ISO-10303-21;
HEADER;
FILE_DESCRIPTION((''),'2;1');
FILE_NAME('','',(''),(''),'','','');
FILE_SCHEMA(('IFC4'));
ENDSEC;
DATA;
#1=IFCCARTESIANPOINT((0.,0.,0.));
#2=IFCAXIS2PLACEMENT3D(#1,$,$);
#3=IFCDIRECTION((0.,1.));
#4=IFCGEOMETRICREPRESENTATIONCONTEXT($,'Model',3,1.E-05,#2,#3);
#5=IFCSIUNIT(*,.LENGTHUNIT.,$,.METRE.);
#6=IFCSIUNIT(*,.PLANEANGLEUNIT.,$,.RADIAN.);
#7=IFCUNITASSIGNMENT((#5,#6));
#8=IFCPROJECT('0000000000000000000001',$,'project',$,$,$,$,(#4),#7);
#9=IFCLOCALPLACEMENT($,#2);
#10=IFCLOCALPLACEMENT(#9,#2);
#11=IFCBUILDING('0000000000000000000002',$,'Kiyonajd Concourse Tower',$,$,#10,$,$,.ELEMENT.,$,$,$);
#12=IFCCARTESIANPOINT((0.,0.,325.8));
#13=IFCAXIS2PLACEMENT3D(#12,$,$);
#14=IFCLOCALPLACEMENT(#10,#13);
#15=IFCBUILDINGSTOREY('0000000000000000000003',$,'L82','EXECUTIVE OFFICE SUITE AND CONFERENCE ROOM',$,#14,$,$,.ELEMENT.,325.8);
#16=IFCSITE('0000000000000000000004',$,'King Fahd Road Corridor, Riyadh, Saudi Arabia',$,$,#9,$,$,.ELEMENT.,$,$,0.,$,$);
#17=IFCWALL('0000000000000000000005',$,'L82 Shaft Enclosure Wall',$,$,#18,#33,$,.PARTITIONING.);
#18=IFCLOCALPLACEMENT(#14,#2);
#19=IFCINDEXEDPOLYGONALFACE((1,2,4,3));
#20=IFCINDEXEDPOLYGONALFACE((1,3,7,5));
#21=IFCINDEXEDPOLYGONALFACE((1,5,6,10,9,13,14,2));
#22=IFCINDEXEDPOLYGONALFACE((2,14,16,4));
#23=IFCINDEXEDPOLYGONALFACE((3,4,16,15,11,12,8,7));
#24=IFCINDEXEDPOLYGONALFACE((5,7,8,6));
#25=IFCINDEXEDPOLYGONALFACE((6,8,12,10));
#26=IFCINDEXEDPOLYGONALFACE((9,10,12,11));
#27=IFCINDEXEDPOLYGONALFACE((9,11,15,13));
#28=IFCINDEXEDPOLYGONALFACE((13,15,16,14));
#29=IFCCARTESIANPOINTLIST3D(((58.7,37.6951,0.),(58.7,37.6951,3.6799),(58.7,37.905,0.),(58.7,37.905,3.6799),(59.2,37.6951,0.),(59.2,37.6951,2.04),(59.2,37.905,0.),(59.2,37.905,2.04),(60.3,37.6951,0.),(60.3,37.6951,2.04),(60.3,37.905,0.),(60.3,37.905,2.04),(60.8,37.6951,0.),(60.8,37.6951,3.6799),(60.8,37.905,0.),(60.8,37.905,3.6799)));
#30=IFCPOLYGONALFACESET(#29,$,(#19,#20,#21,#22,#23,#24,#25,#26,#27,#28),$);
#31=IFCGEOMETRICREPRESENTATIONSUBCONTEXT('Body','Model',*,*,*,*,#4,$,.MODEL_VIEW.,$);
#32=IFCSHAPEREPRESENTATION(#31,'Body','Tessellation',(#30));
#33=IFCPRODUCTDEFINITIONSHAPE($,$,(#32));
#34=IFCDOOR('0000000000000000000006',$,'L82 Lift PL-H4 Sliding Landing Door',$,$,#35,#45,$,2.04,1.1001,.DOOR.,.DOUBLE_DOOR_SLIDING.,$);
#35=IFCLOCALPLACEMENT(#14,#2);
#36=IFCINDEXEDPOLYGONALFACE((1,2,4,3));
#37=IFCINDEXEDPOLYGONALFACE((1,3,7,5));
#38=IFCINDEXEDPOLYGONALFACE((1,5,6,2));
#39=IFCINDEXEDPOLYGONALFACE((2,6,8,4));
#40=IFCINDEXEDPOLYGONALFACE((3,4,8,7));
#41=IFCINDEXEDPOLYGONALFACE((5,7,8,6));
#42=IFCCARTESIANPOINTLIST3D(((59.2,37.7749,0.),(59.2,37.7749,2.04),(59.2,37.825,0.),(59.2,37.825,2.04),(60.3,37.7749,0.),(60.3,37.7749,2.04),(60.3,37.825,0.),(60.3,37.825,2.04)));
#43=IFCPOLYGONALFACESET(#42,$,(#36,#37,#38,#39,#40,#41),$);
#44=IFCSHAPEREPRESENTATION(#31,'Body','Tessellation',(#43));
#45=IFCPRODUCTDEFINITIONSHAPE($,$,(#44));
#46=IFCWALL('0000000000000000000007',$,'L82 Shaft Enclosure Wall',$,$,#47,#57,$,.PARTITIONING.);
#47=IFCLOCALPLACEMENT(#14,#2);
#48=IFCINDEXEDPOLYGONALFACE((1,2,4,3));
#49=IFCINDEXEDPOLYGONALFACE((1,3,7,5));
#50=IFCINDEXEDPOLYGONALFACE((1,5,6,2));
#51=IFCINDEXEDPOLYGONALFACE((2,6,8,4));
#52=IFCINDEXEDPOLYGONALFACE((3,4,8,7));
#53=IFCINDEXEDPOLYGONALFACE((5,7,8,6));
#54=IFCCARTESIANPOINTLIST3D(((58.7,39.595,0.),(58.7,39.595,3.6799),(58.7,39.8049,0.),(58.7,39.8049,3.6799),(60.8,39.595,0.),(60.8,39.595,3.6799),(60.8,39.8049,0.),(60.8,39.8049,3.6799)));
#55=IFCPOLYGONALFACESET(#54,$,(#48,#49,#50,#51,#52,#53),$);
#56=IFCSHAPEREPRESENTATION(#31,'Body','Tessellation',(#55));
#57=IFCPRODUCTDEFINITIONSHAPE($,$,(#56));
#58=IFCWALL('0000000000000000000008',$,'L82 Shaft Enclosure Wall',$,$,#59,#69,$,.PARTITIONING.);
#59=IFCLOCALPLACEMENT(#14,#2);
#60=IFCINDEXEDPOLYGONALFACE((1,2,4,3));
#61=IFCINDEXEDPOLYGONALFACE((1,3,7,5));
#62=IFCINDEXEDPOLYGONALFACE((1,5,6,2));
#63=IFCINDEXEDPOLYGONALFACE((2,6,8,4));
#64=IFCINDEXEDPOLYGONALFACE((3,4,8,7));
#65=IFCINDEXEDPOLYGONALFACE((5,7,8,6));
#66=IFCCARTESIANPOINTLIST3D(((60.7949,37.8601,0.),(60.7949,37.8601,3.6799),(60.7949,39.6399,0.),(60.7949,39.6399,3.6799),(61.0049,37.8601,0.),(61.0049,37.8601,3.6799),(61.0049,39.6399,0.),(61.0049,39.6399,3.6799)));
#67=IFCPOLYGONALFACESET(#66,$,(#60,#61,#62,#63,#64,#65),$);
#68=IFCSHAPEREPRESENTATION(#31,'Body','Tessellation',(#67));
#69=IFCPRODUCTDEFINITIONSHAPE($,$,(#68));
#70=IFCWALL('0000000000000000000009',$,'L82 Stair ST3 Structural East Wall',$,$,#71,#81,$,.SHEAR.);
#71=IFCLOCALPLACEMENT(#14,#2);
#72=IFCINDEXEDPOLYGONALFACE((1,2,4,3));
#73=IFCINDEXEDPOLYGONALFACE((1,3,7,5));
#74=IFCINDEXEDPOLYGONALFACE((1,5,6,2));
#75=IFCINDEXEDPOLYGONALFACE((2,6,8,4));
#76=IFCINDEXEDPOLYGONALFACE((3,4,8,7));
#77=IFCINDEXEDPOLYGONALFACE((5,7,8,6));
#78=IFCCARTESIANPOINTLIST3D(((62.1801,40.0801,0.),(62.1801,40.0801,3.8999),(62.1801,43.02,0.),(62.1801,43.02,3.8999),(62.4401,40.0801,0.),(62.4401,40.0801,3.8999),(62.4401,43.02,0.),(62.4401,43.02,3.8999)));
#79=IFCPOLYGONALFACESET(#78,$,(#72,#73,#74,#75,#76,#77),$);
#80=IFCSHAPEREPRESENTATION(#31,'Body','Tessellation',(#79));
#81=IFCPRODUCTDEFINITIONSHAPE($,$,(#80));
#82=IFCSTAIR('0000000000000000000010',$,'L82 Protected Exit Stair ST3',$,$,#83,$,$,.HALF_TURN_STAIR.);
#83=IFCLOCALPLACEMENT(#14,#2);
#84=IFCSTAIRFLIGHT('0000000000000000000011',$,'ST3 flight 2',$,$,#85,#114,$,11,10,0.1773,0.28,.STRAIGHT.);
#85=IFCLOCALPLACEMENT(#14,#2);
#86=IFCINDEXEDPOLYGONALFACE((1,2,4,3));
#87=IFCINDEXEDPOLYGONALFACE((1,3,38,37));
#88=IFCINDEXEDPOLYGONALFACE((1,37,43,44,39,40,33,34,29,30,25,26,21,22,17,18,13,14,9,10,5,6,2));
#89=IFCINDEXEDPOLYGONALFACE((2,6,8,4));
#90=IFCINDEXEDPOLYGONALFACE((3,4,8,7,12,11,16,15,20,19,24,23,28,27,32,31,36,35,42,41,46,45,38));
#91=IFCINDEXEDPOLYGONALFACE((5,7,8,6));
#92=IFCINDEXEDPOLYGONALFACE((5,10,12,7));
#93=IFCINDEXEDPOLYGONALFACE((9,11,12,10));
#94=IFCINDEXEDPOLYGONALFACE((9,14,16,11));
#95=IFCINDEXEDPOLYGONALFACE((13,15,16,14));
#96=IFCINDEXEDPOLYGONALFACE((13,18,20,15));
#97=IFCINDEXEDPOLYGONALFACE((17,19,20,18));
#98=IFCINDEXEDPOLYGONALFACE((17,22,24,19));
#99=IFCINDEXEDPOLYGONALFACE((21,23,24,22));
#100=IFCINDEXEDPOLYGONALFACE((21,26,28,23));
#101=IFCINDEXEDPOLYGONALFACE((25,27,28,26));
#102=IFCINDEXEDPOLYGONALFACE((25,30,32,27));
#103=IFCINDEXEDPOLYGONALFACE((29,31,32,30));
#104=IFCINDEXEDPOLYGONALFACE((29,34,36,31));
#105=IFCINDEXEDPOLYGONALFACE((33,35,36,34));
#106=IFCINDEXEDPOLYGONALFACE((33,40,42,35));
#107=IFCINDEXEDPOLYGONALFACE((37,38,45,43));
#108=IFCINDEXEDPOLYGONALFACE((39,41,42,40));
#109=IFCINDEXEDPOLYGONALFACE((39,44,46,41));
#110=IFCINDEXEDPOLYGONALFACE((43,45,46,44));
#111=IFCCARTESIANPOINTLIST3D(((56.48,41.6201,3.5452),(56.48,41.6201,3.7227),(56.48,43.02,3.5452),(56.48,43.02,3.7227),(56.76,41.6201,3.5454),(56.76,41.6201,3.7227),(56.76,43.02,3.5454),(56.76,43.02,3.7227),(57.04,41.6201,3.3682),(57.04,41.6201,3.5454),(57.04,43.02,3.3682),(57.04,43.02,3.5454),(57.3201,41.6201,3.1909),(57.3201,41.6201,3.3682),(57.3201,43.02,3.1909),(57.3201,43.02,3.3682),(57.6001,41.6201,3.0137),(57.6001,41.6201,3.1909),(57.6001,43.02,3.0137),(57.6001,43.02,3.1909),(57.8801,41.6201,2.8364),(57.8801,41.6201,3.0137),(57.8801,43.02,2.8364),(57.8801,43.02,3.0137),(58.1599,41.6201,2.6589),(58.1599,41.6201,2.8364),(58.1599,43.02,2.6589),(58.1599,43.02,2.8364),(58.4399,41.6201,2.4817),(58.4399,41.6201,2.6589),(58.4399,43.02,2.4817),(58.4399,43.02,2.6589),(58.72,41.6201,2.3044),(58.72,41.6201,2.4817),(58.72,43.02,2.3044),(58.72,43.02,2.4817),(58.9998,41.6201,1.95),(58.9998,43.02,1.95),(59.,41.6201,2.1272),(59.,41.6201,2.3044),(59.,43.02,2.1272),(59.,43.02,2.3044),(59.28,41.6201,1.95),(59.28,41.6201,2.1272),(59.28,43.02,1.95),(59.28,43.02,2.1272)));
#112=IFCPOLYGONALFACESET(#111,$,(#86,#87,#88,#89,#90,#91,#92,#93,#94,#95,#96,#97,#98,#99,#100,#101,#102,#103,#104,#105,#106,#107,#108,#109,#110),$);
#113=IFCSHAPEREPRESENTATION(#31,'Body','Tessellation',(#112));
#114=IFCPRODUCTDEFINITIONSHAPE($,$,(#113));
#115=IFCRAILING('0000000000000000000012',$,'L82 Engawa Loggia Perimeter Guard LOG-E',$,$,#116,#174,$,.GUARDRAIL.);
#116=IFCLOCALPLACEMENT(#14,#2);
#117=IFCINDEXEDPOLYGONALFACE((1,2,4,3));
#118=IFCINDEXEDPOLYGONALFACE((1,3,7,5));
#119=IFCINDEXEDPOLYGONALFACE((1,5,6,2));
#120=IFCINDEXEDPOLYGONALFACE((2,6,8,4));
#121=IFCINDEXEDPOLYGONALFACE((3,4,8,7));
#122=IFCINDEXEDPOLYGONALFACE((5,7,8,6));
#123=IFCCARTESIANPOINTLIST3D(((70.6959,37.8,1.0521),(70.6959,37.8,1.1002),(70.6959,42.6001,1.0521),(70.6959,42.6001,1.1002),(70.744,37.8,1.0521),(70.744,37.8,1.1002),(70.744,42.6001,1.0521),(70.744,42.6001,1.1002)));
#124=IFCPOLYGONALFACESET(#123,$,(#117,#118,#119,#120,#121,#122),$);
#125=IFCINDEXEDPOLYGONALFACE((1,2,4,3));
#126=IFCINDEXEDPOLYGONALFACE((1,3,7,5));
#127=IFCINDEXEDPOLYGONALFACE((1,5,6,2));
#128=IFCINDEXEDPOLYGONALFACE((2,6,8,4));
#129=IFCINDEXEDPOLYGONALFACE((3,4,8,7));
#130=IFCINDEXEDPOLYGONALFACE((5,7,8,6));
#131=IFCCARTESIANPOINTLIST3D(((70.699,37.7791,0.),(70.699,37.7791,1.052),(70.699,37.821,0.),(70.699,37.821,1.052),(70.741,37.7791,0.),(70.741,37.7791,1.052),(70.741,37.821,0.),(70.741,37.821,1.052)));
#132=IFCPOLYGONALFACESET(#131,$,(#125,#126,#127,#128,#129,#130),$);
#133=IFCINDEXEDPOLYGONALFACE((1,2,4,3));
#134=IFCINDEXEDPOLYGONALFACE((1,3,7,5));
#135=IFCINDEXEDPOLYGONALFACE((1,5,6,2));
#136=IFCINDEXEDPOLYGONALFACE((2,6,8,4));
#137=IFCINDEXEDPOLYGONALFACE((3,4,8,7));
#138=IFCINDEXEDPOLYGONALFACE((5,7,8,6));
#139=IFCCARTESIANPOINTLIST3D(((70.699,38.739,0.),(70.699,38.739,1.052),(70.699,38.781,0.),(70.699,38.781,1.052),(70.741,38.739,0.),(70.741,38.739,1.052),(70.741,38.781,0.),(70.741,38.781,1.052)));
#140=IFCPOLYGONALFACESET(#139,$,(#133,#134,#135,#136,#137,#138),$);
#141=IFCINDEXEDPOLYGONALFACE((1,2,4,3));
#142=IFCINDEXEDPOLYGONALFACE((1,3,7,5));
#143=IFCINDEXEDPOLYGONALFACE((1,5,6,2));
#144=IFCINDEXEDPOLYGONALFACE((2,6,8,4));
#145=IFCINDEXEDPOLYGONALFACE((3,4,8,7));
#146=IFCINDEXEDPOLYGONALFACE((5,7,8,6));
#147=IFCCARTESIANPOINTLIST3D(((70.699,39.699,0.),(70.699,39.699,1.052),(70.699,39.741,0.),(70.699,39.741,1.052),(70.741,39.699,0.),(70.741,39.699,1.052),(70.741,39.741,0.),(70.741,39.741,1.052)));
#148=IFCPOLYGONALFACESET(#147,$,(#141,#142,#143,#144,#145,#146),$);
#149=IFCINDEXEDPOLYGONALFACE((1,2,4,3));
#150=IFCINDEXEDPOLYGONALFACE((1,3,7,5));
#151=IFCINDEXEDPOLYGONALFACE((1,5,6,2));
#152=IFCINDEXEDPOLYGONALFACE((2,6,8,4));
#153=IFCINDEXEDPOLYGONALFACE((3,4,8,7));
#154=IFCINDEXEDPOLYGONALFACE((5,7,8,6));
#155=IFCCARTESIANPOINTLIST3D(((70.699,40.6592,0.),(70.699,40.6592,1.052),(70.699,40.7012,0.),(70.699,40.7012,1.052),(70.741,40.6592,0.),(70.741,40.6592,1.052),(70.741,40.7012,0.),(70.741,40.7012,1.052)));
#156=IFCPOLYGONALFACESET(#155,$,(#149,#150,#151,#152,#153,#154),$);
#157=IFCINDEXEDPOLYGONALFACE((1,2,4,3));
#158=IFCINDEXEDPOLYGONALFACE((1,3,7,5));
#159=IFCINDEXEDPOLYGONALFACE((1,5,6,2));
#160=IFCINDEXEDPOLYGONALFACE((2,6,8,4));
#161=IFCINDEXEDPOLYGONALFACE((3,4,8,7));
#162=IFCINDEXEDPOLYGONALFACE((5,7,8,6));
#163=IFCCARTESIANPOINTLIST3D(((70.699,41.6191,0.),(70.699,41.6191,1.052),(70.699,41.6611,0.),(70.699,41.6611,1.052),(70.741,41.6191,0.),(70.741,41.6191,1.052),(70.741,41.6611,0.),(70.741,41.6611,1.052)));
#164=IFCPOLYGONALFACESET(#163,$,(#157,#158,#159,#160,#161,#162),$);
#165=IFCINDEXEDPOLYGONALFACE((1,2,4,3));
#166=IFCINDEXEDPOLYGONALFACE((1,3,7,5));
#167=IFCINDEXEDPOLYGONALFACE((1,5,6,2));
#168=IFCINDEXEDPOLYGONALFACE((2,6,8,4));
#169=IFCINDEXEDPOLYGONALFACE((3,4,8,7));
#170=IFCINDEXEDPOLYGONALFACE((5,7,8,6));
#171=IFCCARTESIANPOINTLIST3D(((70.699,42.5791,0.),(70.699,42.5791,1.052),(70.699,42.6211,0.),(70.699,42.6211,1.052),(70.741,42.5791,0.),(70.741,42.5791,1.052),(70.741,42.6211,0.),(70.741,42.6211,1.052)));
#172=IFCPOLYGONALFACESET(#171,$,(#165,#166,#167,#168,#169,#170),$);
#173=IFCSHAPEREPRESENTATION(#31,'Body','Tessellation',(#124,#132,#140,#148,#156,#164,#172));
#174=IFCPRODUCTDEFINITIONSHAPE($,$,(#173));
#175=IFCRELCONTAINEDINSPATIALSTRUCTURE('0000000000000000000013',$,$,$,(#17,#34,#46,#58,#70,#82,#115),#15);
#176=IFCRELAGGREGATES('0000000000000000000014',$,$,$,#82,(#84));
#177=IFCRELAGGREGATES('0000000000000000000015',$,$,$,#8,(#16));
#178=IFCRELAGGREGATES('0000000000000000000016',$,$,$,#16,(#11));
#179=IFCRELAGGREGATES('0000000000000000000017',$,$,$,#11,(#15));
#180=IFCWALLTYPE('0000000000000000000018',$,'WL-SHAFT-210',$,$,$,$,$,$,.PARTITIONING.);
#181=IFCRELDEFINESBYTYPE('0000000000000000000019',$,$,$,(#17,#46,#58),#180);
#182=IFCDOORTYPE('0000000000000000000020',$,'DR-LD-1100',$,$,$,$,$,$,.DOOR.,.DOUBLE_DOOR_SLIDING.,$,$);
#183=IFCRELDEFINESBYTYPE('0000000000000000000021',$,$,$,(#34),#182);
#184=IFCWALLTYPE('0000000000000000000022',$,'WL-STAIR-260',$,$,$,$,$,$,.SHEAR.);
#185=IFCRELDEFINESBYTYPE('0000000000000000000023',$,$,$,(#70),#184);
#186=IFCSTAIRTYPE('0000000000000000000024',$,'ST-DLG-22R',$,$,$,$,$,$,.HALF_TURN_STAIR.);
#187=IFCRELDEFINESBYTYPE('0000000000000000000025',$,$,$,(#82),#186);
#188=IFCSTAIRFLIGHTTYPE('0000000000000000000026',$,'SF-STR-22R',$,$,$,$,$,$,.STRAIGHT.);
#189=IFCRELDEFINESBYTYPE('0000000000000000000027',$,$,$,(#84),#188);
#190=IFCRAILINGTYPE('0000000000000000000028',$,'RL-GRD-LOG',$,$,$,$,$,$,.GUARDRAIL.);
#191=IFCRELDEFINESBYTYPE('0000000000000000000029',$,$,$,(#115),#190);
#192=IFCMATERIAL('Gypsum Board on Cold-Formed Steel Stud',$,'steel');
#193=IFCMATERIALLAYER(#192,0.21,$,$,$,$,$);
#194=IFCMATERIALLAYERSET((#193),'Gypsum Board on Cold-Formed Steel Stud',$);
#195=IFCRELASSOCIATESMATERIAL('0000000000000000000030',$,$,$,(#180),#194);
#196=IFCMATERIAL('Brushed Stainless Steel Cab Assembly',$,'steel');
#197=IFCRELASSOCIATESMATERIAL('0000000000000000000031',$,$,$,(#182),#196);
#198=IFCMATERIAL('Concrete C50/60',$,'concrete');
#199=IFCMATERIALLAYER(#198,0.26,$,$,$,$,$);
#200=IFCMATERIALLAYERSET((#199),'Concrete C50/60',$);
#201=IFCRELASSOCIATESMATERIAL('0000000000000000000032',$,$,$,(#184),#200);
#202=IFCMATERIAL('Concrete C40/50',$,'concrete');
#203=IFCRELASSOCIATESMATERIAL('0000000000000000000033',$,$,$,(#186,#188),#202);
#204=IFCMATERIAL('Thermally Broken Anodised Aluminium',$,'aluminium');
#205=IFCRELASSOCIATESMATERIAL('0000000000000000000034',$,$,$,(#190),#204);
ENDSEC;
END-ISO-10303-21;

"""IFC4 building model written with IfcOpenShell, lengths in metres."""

from ifc_helpers import new_model, si_unit, direction, frame, frame_2d, origin, origin_2d, place, context, subcontext, project, spatial, polyline, rectangle, outline, extrude, material, layer, layer_set, type_object, element, fill, aggregate, save


model = new_model("IFC4")

# Units and contexts
model_context = context("Model", 3, precision=1e-05, world=origin(), true_north=direction((0.0, 1.0)))
body_context = subcontext(model_context, "Body", "Model", "MODEL_VIEW")
ifc_project = project(units=[si_unit("LENGTHUNIT", "METRE"), si_unit("PLANEANGLEUNIT", "RADIAN")], contexts=[model_context])

# Site, building, storey
site_placement = place(None, origin())
site = spatial("IfcSite", under=ifc_project, at=site_placement, Name="King Fahd Road Corridor, Riyadh, Saudi Arabia", CompositionType="ELEMENT", RefElevation=0.0)
building_placement = place(site_placement, origin())
building = spatial("IfcBuilding", under=site, at=building_placement, Name="Kiyonajd Concourse Tower", CompositionType="ELEMENT")
storey_placement = place(building_placement, frame((0.0, 0.0, 325.8)))
storey = spatial("IfcBuildingStorey", under=building, at=storey_placement, Name="L82", Description="EXECUTIVE OFFICE SUITE AND CONFERENCE ROOM", CompositionType="ELEMENT", Elevation=325.8)

# Shared definitions
ifc_material_1 = material(Name="Thermally Broken Anodised Aluminium", Category="aluminium")

# Shared definitions
ifc_material_2 = material(Name="Gypsum Board on Cold-Formed Steel Stud", Category="steel")
ifc_layer_1 = layer(ifc_material_2, 0.21)
ifc_layer_set_1 = layer_set([ifc_layer_1], Name="Gypsum Board on Cold-Formed Steel Stud")
wall_type_1 = type_object("IfcWallType", Name="WL-SHAFT-210", PredefinedType="PARTITIONING", material=ifc_layer_set_1)

# Wall, opening, door
wall_1_placement = place(storey_placement, frame((58.7, 37.8, 0.0), z_axis=(0.0, 0.0, 1.0), x_axis=(1.0, 0.0, 0.0)))
wall_1 = element("IfcWall", 1, at=wall_1_placement, inside=storey, type_object=wall_type_1, Name="L82 Shaft Enclosure Wall", PredefinedType="PARTITIONING", context=body_context, shape_type="SweptSolid", body=[
    extrude(rectangle(XDim=2.1001, YDim=0.21, at=frame_2d((1.05, 0.0))), origin(), (0.0, 0.0, 1.0), 3.6799),
])
opening_1_placement = place(wall_1_placement, frame((0.5, 0.0, 0.0)))
opening_1 = element("IfcOpeningElement", 2, at=opening_1_placement, cuts=wall_1, PredefinedType="OPENING", context=body_context, shape_type="SweptSolid", body=[
    extrude(rectangle(XDim=1.1001, YDim=2.04, at=frame_2d((0.55, 1.02))), frame((0.0, 0.115, 0.0), z_axis=(0.0, -1.0, 0.0), x_axis=(1.0, 0.0, 0.0)), (0.0, 0.0, 1.0), 0.23),
])
ifc_material_3 = material(Name="Brushed Stainless Steel Cab Assembly", Category="steel")
door_type_1 = type_object("IfcDoorType", Name="DR-LD-1100", OperationType="DOUBLE_DOOR_SLIDING", PredefinedType="DOOR", material=ifc_material_3)
door_1_placement = place(opening_1_placement, origin())
door_1 = element("IfcDoor", 3, at=door_1_placement, inside=storey, type_object=door_type_1, Name="L82 Lift PL-H4 Sliding Landing Door", OperationType="DOUBLE_DOOR_SLIDING", OverallHeight=2.04, OverallWidth=1.1001, PredefinedType="DOOR", context=body_context, shape_type="SweptSolid", body=[
    extrude(rectangle(XDim=1.1001, YDim=2.04, at=frame_2d((0.55, 1.02))), frame((0.0, 0.0249, 0.0), z_axis=(0.0, -1.0, 0.0), x_axis=(1.0, 0.0, 0.0)), (0.0, 0.0, 1.0), 0.05),
])
fill(opening_1, door_1)

# Walls
wall_2_placement = place(storey_placement, frame((58.7, 39.7, 0.0), z_axis=(0.0, 0.0, 1.0), x_axis=(1.0, 0.0, 0.0)))
element("IfcWall", 4, at=wall_2_placement, inside=storey, type_object=wall_type_1, Name="L82 Shaft Enclosure Wall", PredefinedType="PARTITIONING", context=body_context, shape_type="SweptSolid", body=[
    extrude(rectangle(XDim=2.1001, YDim=0.21, at=frame_2d((1.05, 0.0))), origin(), (0.0, 0.0, 1.0), 3.6799),
])
wall_3_placement = place(storey_placement, frame((60.8999, 37.8601, 0.0), z_axis=(0.0, 0.0, 1.0), x_axis=(0.0, 1.0, 0.0)))
element("IfcWall", 5, at=wall_3_placement, inside=storey, type_object=wall_type_1, Name="L82 Shaft Enclosure Wall", PredefinedType="PARTITIONING", context=body_context, shape_type="SweptSolid", body=[
    extrude(rectangle(XDim=1.7798, YDim=0.21, at=frame_2d((0.8899, 0.0))), origin(), (0.0, 0.0, 1.0), 3.6799),
])
ifc_material_4 = material(Name="Concrete C50/60", Category="concrete")
ifc_layer_2 = layer(ifc_material_4, 0.26)
ifc_layer_set_2 = layer_set([ifc_layer_2], Name="Concrete C50/60")
wall_type_2 = type_object("IfcWallType", Name="WL-STAIR-260", PredefinedType="SHEAR", material=ifc_layer_set_2)
wall_4_placement = place(storey_placement, frame((62.3101, 40.0801, 0.0), z_axis=(0.0, 0.0, 1.0), x_axis=(0.0, 1.0, 0.0)))
element("IfcWall", 6, at=wall_4_placement, inside=storey, type_object=wall_type_2, Name="L82 Stair ST3 Structural East Wall", PredefinedType="SHEAR", context=body_context, shape_type="SweptSolid", body=[
    extrude(rectangle(XDim=2.9399, YDim=0.26, at=frame_2d((1.47, 0.0))), origin(), (0.0, 0.0, 1.0), 3.8999),
])

# Stair, stair flight
ifc_material_5 = material(Name="Concrete C40/50", Category="concrete")
stair_type = type_object("IfcStairType", Name="ST-DLG-22R", PredefinedType="HALF_TURN_STAIR", material=ifc_material_5)
stair_placement = place(storey_placement, origin())
stair = element("IfcStair", 7, at=stair_placement, inside=storey, type_object=stair_type, Name="L82 Protected Exit Stair ST3", PredefinedType="HALF_TURN_STAIR")
stair_flight_type = type_object("IfcStairFlightType", Name="SF-STR-22R", PredefinedType="STRAIGHT", material=ifc_material_5)
stair_flight_placement = place(storey_placement, frame((59.28, 42.3201, 1.95), z_axis=(0.0, 0.0, 1.0), x_axis=(-1.0, 0.0, 0.0)))
stair_flight = element("IfcStairFlight", 8, at=stair_flight_placement, type_object=stair_flight_type, Name="ST3 flight 2", NumberOfRisers=11, NumberOfTreads=10, PredefinedType="STRAIGHT", RiserHeight=0.1773, TreadLength=0.28, context=body_context, shape_type="SweptSolid", body=[
    extrude(outline(polyline([(0.0, 0.0), (0.0, 0.1772), (0.28, 0.1772), (0.28, 0.3545), (0.5601, 0.3545), (0.5601, 0.5317), (0.8401, 0.5317), (0.8401, 0.709), (1.1201, 0.709), (1.1201, 0.8865), (1.3999, 0.8865), (1.3999, 1.0637), (1.6799, 1.0637), (1.6799, 1.241), (1.96, 1.241), (1.96, 1.4182), (2.24, 1.4182), (2.24, 1.5955), (2.52, 1.5955), (2.52, 1.7727), (2.8, 1.7727), (2.8, 1.95), (2.8, 1.5952), (0.2803, 0.0), (0.0, 0.0)])), frame((0.0, 0.7, 0.0), z_axis=(0.0, -1.0, 0.0), x_axis=(1.0, 0.0, 0.0)), (0.0, 0.0, 1.0), 1.3999),
])
aggregate(stair, [stair_flight])

# Railing
railing_type_1 = type_object("IfcRailingType", Name="RL-GRD-LOG", PredefinedType="GUARDRAIL", material=ifc_material_1)
railing_1_placement = place(storey_placement, frame((70.72, 37.8, 0.0)))
element("IfcRailing", 9, at=railing_1_placement, inside=storey, type_object=railing_type_1, Name="L82 Engawa Loggia Perimeter Guard LOG-E", PredefinedType="GUARDRAIL", context=body_context, shape_type="SweptSolid", body=[
    extrude(rectangle(XDim=0.0481, YDim=0.0481, at=origin_2d()), frame((0.0, 0.0, 1.0762), z_axis=(0.0, 1.0, 0.0), x_axis=(-1.0, 0.0, 0.0)), (0.0, 0.0, 1.0), 4.8),
    extrude(rectangle(XDim=0.042, YDim=0.042, at=origin_2d()), origin(), (0.0, 0.0, 1.0), 1.052),
    extrude(rectangle(XDim=0.042, YDim=0.042, at=origin_2d()), frame((0.0, 0.96, 0.0)), (0.0, 0.0, 1.0), 1.052),
    extrude(rectangle(XDim=0.042, YDim=0.042, at=origin_2d()), frame((0.0, 1.9199, 0.0)), (0.0, 0.0, 1.0), 1.052),
    extrude(rectangle(XDim=0.042, YDim=0.042, at=origin_2d()), frame((0.0, 2.8801, 0.0)), (0.0, 0.0, 1.0), 1.052),
    extrude(rectangle(XDim=0.042, YDim=0.042, at=origin_2d()), frame((0.0, 3.8401, 0.0)), (0.0, 0.0, 1.0), 1.052),
    extrude(rectangle(XDim=0.042, YDim=0.042, at=origin_2d()), frame((0.0, 4.8, 0.0)), (0.0, 0.0, 1.0), 1.052),
])

save(model, "model.ifc")
